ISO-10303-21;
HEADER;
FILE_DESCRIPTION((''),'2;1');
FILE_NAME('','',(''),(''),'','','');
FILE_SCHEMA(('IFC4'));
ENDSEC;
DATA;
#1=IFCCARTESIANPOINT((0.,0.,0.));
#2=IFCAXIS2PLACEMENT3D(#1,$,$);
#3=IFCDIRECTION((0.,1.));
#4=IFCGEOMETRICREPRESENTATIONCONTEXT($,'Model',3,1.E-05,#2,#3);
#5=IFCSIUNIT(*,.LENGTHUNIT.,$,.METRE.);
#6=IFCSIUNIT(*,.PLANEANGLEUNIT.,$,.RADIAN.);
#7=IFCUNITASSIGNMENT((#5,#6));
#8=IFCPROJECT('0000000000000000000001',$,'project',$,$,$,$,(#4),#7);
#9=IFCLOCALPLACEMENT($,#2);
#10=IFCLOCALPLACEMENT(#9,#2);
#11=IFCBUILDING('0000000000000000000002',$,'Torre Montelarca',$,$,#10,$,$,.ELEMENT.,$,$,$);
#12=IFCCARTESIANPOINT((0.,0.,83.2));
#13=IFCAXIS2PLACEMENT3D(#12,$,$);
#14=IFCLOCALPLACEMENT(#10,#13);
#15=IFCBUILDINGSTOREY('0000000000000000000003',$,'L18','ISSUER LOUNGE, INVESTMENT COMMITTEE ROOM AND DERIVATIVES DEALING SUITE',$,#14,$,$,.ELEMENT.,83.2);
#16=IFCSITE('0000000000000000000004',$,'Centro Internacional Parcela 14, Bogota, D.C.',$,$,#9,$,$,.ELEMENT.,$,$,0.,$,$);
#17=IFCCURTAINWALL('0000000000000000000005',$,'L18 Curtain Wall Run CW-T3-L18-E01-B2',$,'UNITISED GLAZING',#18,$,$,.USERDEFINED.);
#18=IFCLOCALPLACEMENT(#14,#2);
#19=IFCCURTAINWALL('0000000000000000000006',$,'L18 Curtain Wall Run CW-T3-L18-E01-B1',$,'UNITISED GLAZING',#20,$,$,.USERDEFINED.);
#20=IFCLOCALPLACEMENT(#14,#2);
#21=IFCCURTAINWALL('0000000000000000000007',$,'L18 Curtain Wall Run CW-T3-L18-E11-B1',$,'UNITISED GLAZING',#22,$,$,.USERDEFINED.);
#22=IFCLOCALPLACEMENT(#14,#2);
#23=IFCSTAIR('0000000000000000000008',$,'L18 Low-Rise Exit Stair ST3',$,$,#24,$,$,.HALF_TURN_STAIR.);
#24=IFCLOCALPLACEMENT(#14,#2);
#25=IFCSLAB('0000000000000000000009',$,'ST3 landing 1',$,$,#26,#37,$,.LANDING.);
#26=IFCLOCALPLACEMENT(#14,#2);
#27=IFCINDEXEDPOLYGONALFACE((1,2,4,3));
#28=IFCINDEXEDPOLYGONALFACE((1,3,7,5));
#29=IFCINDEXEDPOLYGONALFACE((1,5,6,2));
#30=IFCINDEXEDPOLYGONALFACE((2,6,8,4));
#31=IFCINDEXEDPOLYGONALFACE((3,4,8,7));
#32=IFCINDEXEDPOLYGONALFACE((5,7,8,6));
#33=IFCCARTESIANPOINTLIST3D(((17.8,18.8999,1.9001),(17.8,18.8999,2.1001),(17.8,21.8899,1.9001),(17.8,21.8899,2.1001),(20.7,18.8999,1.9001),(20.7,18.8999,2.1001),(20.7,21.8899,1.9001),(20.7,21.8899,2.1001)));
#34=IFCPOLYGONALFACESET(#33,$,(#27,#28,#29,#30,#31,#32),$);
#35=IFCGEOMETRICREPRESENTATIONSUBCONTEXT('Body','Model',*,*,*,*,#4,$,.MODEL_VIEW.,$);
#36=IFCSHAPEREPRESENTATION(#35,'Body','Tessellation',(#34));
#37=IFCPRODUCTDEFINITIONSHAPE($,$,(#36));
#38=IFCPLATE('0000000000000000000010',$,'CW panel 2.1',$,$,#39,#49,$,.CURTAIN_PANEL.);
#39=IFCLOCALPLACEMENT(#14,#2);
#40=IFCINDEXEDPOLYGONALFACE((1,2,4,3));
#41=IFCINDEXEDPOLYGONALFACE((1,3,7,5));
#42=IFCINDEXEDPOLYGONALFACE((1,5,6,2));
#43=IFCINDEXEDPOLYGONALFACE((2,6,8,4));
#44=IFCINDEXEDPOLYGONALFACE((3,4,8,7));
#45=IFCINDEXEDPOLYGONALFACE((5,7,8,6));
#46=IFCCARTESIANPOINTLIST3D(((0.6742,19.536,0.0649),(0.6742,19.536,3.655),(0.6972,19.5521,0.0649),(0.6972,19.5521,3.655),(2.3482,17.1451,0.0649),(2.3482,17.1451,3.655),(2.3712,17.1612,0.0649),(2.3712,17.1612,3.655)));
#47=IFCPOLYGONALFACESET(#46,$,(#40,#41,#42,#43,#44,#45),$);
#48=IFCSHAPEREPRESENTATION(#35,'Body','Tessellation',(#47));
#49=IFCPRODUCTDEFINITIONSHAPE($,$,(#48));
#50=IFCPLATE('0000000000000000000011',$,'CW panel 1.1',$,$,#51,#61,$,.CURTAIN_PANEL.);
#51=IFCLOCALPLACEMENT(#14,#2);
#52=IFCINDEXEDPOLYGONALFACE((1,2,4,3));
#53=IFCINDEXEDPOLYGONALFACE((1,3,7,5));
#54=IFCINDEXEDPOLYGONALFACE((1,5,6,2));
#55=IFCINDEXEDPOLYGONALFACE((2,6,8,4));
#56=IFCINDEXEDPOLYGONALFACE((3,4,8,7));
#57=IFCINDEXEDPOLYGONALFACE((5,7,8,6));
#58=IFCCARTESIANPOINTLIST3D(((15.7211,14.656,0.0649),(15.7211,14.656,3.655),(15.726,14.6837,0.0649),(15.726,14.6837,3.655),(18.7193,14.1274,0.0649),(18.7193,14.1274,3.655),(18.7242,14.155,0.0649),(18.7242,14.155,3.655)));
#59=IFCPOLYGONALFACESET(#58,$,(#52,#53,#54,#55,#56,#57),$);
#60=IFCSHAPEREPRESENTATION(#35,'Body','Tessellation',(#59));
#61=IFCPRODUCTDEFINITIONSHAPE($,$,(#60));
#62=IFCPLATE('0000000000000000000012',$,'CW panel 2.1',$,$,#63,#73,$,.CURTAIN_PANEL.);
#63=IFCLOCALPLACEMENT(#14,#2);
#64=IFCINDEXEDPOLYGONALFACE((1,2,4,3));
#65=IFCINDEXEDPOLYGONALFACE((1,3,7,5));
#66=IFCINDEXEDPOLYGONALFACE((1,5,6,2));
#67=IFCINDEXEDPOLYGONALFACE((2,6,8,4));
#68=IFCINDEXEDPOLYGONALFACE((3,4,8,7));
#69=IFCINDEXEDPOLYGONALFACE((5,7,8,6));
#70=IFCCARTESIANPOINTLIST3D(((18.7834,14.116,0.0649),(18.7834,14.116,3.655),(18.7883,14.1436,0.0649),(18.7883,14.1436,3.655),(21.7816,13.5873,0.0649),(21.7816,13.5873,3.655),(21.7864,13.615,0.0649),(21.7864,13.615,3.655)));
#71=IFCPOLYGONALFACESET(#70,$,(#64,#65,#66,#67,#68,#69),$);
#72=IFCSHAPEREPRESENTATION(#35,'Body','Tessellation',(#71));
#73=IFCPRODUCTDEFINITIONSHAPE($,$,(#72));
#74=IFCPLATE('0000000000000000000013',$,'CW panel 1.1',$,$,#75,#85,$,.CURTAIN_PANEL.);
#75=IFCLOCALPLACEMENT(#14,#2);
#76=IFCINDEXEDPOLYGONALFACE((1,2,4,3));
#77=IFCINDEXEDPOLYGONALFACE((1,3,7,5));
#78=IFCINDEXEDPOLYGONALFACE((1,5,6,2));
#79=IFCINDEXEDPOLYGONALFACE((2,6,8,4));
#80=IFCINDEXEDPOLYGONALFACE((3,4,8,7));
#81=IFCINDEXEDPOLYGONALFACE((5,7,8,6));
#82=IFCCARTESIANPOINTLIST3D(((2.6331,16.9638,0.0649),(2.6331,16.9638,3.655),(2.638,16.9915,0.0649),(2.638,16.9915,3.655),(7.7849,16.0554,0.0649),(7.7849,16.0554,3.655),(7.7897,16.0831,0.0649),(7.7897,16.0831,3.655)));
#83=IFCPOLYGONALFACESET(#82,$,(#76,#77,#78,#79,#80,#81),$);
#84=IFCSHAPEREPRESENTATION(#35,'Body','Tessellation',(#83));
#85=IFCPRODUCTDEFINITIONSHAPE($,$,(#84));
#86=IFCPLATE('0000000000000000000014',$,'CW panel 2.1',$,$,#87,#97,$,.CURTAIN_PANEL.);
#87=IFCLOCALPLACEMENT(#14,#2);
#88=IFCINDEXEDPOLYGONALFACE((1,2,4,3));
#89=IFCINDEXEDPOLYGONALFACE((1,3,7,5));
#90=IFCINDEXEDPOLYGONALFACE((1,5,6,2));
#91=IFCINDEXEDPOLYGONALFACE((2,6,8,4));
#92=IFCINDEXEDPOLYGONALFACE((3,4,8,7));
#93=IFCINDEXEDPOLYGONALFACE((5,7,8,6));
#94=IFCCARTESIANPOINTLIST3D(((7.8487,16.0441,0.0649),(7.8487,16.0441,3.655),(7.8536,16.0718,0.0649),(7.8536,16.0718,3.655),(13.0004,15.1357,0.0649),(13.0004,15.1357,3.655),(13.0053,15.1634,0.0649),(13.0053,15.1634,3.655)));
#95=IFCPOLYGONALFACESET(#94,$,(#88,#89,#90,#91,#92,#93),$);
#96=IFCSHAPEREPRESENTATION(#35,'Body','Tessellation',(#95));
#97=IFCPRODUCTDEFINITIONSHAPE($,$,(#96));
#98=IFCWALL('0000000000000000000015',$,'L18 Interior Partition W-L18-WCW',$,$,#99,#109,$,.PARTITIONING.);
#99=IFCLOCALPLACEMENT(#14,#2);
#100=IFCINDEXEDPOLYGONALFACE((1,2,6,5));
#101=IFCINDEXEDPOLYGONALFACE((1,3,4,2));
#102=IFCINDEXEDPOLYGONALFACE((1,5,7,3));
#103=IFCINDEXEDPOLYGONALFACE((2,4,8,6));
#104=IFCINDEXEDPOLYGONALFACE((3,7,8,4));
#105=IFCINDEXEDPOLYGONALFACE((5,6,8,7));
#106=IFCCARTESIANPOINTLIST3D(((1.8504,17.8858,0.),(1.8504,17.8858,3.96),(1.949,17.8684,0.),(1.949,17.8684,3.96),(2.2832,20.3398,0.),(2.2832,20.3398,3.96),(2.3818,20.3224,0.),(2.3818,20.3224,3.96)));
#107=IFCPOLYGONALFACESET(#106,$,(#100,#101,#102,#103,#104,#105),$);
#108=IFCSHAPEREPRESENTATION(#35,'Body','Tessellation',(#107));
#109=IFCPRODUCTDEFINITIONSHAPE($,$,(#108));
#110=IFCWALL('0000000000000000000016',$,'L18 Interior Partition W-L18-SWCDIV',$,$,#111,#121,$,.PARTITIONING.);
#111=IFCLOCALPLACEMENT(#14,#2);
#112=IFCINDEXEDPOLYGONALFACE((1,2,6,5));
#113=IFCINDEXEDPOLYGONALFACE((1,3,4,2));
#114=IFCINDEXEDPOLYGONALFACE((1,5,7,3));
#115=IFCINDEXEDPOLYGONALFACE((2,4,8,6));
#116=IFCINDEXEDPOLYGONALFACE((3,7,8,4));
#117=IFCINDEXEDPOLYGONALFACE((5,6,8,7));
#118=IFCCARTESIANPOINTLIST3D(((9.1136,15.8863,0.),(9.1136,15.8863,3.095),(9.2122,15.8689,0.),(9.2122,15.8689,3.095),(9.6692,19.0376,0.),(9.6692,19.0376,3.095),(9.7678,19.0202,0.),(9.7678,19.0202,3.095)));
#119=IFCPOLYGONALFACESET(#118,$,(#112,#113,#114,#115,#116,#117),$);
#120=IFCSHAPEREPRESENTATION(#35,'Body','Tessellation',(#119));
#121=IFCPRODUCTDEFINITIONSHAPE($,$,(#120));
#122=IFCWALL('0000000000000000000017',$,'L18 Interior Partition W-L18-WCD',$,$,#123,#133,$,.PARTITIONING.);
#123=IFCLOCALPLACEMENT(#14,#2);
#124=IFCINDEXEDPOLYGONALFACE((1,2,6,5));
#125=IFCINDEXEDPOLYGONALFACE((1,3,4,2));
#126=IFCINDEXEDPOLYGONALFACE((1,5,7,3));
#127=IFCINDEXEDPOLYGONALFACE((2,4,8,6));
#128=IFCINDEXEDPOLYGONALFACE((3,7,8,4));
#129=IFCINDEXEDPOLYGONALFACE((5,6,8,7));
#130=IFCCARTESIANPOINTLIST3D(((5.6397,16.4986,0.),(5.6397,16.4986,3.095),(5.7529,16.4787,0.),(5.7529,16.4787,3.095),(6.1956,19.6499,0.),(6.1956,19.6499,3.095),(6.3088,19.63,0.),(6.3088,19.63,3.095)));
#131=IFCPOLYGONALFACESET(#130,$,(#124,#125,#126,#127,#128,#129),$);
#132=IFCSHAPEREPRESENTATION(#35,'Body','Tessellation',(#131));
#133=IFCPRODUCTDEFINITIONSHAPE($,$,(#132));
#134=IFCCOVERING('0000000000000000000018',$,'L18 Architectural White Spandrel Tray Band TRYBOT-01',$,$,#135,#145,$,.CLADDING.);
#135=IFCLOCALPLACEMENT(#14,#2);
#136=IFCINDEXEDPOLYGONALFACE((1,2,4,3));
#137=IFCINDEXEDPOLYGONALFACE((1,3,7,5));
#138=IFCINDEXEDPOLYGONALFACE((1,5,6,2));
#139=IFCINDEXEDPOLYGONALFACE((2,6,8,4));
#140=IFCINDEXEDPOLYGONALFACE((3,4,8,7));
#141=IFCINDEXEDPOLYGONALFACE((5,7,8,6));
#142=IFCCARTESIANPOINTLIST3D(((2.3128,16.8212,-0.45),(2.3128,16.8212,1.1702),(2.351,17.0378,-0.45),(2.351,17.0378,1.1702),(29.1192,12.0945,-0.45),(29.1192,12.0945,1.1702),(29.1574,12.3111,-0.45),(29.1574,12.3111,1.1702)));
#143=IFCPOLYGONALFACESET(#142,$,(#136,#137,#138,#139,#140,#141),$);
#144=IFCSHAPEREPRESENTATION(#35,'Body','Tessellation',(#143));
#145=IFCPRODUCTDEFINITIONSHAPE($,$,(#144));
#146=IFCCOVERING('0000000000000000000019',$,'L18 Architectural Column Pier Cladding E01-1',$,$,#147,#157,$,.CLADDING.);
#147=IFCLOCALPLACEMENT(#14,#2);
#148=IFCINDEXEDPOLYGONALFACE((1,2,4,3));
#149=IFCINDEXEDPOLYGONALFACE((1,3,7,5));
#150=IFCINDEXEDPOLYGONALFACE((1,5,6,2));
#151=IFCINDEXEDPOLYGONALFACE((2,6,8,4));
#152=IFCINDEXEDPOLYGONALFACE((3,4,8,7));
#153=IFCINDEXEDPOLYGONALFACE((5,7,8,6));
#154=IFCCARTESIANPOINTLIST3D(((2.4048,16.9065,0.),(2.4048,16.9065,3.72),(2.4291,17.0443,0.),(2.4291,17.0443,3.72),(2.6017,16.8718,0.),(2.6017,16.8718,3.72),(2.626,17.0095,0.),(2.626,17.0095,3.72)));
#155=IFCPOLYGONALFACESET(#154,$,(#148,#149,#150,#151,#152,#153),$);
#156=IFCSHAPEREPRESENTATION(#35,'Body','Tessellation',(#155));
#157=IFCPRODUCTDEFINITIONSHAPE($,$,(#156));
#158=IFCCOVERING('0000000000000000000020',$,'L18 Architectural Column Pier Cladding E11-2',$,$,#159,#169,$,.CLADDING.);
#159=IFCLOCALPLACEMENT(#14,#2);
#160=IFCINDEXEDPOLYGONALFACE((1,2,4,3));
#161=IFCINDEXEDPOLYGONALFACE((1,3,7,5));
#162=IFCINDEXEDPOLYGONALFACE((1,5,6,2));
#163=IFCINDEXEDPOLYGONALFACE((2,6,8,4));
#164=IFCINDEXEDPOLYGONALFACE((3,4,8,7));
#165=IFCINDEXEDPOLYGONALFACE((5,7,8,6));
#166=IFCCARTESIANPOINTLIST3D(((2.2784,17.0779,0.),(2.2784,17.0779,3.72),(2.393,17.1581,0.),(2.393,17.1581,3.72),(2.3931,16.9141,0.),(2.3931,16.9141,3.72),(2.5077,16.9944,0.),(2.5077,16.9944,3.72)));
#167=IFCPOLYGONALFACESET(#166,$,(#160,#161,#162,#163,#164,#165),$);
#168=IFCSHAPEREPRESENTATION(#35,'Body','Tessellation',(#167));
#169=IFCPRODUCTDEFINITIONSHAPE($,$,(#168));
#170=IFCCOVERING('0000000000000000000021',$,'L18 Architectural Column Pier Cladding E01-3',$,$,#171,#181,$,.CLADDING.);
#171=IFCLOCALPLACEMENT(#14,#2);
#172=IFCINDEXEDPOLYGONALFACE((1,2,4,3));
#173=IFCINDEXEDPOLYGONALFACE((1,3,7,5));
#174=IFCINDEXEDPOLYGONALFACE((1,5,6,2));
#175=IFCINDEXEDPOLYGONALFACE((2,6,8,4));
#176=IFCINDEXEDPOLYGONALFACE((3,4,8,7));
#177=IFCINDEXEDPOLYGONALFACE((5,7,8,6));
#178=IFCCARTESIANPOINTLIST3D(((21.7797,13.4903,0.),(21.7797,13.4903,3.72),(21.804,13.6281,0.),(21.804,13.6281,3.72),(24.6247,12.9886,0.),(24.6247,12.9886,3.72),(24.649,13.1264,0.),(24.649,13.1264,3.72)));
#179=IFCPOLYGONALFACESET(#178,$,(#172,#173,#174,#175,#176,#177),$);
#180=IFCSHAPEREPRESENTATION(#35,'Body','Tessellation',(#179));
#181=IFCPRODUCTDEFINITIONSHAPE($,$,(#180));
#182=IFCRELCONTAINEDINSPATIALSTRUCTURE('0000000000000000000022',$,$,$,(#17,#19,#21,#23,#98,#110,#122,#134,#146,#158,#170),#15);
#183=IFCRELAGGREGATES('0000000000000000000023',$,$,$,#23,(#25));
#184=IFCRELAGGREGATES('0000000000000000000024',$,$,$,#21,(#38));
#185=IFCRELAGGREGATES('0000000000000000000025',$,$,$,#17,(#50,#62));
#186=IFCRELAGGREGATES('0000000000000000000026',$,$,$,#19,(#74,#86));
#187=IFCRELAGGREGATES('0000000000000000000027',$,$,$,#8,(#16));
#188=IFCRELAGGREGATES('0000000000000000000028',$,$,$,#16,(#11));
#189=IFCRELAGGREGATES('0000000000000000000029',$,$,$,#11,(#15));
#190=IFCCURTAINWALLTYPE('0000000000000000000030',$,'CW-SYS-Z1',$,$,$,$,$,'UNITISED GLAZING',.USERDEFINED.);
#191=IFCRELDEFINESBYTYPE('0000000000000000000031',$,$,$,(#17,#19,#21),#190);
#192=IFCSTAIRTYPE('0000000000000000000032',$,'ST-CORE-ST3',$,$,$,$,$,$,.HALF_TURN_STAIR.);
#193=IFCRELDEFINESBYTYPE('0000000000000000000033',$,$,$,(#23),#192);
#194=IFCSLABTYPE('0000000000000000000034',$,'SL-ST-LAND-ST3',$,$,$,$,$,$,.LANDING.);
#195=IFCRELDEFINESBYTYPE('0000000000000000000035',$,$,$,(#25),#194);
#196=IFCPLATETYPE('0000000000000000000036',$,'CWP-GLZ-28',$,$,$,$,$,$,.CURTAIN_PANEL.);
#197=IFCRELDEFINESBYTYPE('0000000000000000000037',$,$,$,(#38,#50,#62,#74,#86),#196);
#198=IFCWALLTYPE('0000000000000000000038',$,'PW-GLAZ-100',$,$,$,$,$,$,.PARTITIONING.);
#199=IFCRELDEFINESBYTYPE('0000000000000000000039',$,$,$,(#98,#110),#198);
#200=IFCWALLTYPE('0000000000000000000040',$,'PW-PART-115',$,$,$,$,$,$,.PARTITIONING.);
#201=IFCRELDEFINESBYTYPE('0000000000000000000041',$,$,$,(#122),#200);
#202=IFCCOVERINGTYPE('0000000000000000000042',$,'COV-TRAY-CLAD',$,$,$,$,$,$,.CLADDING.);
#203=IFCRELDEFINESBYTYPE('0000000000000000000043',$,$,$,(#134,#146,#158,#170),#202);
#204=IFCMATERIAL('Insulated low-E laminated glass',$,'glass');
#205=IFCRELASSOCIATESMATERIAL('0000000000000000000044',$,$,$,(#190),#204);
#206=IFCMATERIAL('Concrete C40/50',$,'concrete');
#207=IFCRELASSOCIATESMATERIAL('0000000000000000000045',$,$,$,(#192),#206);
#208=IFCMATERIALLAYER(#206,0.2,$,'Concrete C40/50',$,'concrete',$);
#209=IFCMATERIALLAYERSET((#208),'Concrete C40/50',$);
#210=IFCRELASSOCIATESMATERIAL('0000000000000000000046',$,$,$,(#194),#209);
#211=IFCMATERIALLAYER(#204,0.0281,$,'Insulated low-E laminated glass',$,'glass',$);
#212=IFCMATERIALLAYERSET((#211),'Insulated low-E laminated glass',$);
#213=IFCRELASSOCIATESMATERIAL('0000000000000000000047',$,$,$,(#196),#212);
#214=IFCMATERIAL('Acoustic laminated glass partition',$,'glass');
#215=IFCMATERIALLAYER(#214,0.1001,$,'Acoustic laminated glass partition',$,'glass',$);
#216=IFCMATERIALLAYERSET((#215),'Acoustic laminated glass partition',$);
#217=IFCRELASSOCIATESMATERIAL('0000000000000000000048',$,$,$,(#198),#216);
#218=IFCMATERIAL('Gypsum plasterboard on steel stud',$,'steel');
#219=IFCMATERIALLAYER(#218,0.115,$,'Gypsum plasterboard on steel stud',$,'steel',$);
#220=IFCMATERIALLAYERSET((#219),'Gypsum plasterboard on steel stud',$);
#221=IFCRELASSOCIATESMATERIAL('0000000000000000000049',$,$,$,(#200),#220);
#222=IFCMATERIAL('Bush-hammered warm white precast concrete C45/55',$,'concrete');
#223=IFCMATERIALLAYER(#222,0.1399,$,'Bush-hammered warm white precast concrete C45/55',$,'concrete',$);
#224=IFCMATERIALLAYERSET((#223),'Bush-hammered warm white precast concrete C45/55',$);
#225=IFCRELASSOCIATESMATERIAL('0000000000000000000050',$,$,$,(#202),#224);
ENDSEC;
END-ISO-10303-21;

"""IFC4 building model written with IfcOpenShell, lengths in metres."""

from ifc_helpers import new_model, si_unit, direction, frame, frame_2d, origin, origin_2d, place, context, subcontext, project, spatial, polyline, rectangle, outline, extrude, source, transform, mapped, material, layer, layer_set, type_object, element, aggregate, save


model = new_model("IFC4")

# Units and contexts
model_context = context("Model", 3, precision=1e-05, world=origin(), true_north=direction((0.0, 1.0)))
body_context = subcontext(model_context, "Body", "Model", "MODEL_VIEW")
ifc_project = project(units=[si_unit("LENGTHUNIT", "METRE"), si_unit("PLANEANGLEUNIT", "RADIAN")], contexts=[model_context])

# Site, building, storey
site_placement = place(None, origin())
site = spatial("IfcSite", under=ifc_project, at=site_placement, Name="Centro Internacional Parcela 14, Bogota, D.C.", CompositionType="ELEMENT", RefElevation=0.0)
building_placement = place(site_placement, origin())
building = spatial("IfcBuilding", under=site, at=building_placement, Name="Torre Montelarca", CompositionType="ELEMENT")
storey_placement = place(building_placement, frame((0.0, 0.0, 83.2)))
storey = spatial("IfcBuildingStorey", under=building, at=storey_placement, Name="L18", Description="ISSUER LOUNGE, INVESTMENT COMMITTEE ROOM AND DERIVATIVES DEALING SUITE", CompositionType="ELEMENT", Elevation=83.2)

# Curtain walls
ifc_material_1 = material(Name="Insulated low-E laminated glass", Category="glass")
curtain_wall_type = type_object("IfcCurtainWallType", Name="CW-SYS-Z1", ElementType="UNITISED GLAZING", PredefinedType="USERDEFINED", material=ifc_material_1)
curtain_wall_1_placement = place(storey_placement, origin())
curtain_wall_1 = element("IfcCurtainWall", 1, at=curtain_wall_1_placement, inside=storey, type_object=curtain_wall_type, Name="L18 Curtain Wall Run CW-T3-L18-E01-B2", ObjectType="UNITISED GLAZING", PredefinedType="USERDEFINED")
curtain_wall_2_placement = place(storey_placement, origin())
curtain_wall_2 = element("IfcCurtainWall", 2, at=curtain_wall_2_placement, inside=storey, type_object=curtain_wall_type, Name="L18 Curtain Wall Run CW-T3-L18-E01-B1", ObjectType="UNITISED GLAZING", PredefinedType="USERDEFINED")

# Curtain wall
curtain_wall_3_placement = place(storey_placement, origin())
curtain_wall_3 = element("IfcCurtainWall", 3, at=curtain_wall_3_placement, inside=storey, type_object=curtain_wall_type, Name="L18 Curtain Wall Run CW-T3-L18-E11-B1", ObjectType="UNITISED GLAZING", PredefinedType="USERDEFINED")

# Shared definitions
ifc_material_2 = material(Name="Concrete C40/50", Category="concrete")

# Stair, slab
stair_type_1 = type_object("IfcStairType", Name="ST-CORE-ST3", PredefinedType="HALF_TURN_STAIR", material=ifc_material_2)
stair_1_placement = place(storey_placement, origin())
stair_1 = element("IfcStair", 4, at=stair_1_placement, inside=storey, type_object=stair_type_1, Name="L18 Low-Rise Exit Stair ST3", PredefinedType="HALF_TURN_STAIR")
ifc_layer_1 = layer(ifc_material_2, 0.2, Name="Concrete C40/50", Category="concrete")
ifc_layer_set_1 = layer_set([ifc_layer_1], Name="Concrete C40/50")
slab_type_1 = type_object("IfcSlabType", Name="SL-ST-LAND-ST3", PredefinedType="LANDING", material=ifc_layer_set_1)
slab_1_placement = place(storey_placement, frame((0.0, 0.0, 1.9001)))
slab_1 = element("IfcSlab", 5, at=slab_1_placement, type_object=slab_type_1, Name="ST3 landing 1", PredefinedType="LANDING", context=body_context, shape_type="SweptSolid", body=[
    extrude(outline(polyline([(17.8, 18.8999), (20.7, 18.8999), (20.7, 21.8899), (17.8, 21.8899), (17.8, 18.8999)])), origin(), (0.0, 0.0, 1.0), 0.2),
])
aggregate(stair_1, [slab_1])

# Plates
ifc_layer_2 = layer(ifc_material_1, 0.0281, Name="Insulated low-E laminated glass", Category="glass")
ifc_layer_set_2 = layer_set([ifc_layer_2], Name="Insulated low-E laminated glass")
plate_type = type_object("IfcPlateType", Name="CWP-GLZ-28", PredefinedType="CURTAIN_PANEL", material=ifc_layer_set_2)
shared_shape_1 = source(origin(), body_context, "Body", "SweptSolid", [
    extrude(rectangle(XDim=2.9187, YDim=0.0281, at=origin_2d()), origin(), (0.0, 0.0, 1.0), 3.5901),
])
plate_1_placement = place(storey_placement, frame((1.5227, 18.3486, 0.0649), z_axis=(0.0, 0.0, 1.0), x_axis=(0.573546, -0.819174, 0.0)))
plate_1 = element("IfcPlate", 6, at=plate_1_placement, type_object=plate_type, Name="CW panel 2.1", PredefinedType="CURTAIN_PANEL", context=body_context, shape_type="MappedRepresentation", body=[
    mapped(shared_shape_1, transform((0.0, 0.0, 0.0), scale=1.0)),
])
aggregate(curtain_wall_3, [plate_1])
shared_shape_2 = source(origin(), body_context, "Body", "SweptSolid", [
    extrude(rectangle(XDim=3.0444, YDim=0.0281, at=origin_2d()), origin(), (0.0, 0.0, 1.0), 3.5901),
])
plate_2_placement = place(storey_placement, frame((17.2227, 14.4055, 0.0649), z_axis=(0.0, 0.0, 1.0), x_axis=(0.984807, -0.173651, 0.0)))
plate_2 = element("IfcPlate", 7, at=plate_2_placement, type_object=plate_type, Name="CW panel 1.1", PredefinedType="CURTAIN_PANEL", context=body_context, shape_type="MappedRepresentation", body=[
    mapped(shared_shape_2, transform((0.0, 0.0, 0.0), scale=1.0)),
])
plate_3_placement = place(storey_placement, frame((20.2849, 13.8655, 0.0649), z_axis=(0.0, 0.0, 1.0), x_axis=(0.984807, -0.173651, 0.0)))
plate_3 = element("IfcPlate", 8, at=plate_3_placement, type_object=plate_type, Name="CW panel 2.1", PredefinedType="CURTAIN_PANEL", context=body_context, shape_type="MappedRepresentation", body=[
    mapped(shared_shape_2, transform((0.0, 0.0, 0.0), scale=1.0)),
])
aggregate(curtain_wall_1, [plate_2, plate_3])
shared_shape_3 = source(origin(), body_context, "Body", "SweptSolid", [
    extrude(rectangle(XDim=5.2312, YDim=0.0281, at=origin_2d()), origin(), (0.0, 0.0, 1.0), 3.5901),
])
plate_4_placement = place(storey_placement, frame((5.2114, 16.5234, 0.0649), z_axis=(0.0, 0.0, 1.0), x_axis=(0.984808, -0.173648, 0.0)))
plate_4 = element("IfcPlate", 9, at=plate_4_placement, type_object=plate_type, Name="CW panel 1.1", PredefinedType="CURTAIN_PANEL", context=body_context, shape_type="MappedRepresentation", body=[
    mapped(shared_shape_3, transform((0.0, 0.0, 0.0), scale=1.0)),
])
plate_5_placement = place(storey_placement, frame((10.427, 15.6038, 0.0649), z_axis=(0.0, 0.0, 1.0), x_axis=(0.984808, -0.173648, 0.0)))
plate_5 = element("IfcPlate", 10, at=plate_5_placement, type_object=plate_type, Name="CW panel 2.1", PredefinedType="CURTAIN_PANEL", context=body_context, shape_type="MappedRepresentation", body=[
    mapped(shared_shape_3, transform((0.0, 0.0, 0.0), scale=1.0)),
])
aggregate(curtain_wall_2, [plate_4, plate_5])

# Walls
ifc_material_3 = material(Name="Acoustic laminated glass partition", Category="glass")
ifc_layer_3 = layer(ifc_material_3, 0.1001, Name="Acoustic laminated glass partition", Category="glass")
ifc_layer_set_3 = layer_set([ifc_layer_3], Name="Acoustic laminated glass partition")
wall_type_1 = type_object("IfcWallType", Name="PW-GLAZ-100", PredefinedType="PARTITIONING", material=ifc_layer_set_3)
wall_1_placement = place(storey_placement, frame((1.8997, 17.877, 0.0), z_axis=(0.0, 0.0, 1.0), x_axis=(0.173701, 0.984798, 0.0)))
element("IfcWall", 11, at=wall_1_placement, inside=storey, type_object=wall_type_1, Name="L18 Interior Partition W-L18-WCW", PredefinedType="PARTITIONING", context=body_context, shape_type="SweptSolid", body=[
    extrude(rectangle(XDim=2.4919, YDim=0.1001, at=frame_2d((1.2461, 0.0))), origin(), (0.0, 0.0, 1.0), 3.96),
])
wall_2_placement = place(storey_placement, frame((9.1628, 15.8774, 0.0), z_axis=(0.0, 0.0, 1.0), x_axis=(0.173646, 0.984808, 0.0)))
element("IfcWall", 12, at=wall_2_placement, inside=storey, type_object=wall_type_1, Name="L18 Interior Partition W-L18-SWCDIV", PredefinedType="PARTITIONING", context=body_context, shape_type="SweptSolid", body=[
    extrude(rectangle(XDim=3.2, YDim=0.1001, at=frame_2d((1.6001, 0.0))), origin(), (0.0, 0.0, 1.0), 3.095),
])
ifc_material_4 = material(Name="Gypsum plasterboard on steel stud", Category="steel")
ifc_layer_4 = layer(ifc_material_4, 0.115, Name="Gypsum plasterboard on steel stud", Category="steel")
ifc_layer_set_4 = layer_set([ifc_layer_4], Name="Gypsum plasterboard on steel stud")
wall_type_2 = type_object("IfcWallType", Name="PW-PART-115", PredefinedType="PARTITIONING", material=ifc_layer_set_4)
wall_3_placement = place(storey_placement, frame((5.6963, 16.4885, 0.0), z_axis=(0.0, 0.0, 1.0), x_axis=(0.17372, 0.984795, 0.0)))
element("IfcWall", 13, at=wall_3_placement, inside=storey, type_object=wall_type_2, Name="L18 Interior Partition W-L18-WCD", PredefinedType="PARTITIONING", context=body_context, shape_type="SweptSolid", body=[
    extrude(rectangle(XDim=3.2, YDim=0.115, at=frame_2d((1.6001, 0.0))), origin(), (0.0, 0.0, 1.0), 3.095),
])

# Coverings
ifc_material_5 = material(Name="Bush-hammered warm white precast concrete C45/55", Category="concrete")
ifc_layer_5 = layer(ifc_material_5, 0.1399, Name="Bush-hammered warm white precast concrete C45/55", Category="concrete")
ifc_layer_set_5 = layer_set([ifc_layer_5], Name="Bush-hammered warm white precast concrete C45/55")
covering_type = type_object("IfcCoveringType", Name="COV-TRAY-CLAD", PredefinedType="CLADDING", material=ifc_layer_set_5)
shared_shape_4 = source(origin(), body_context, "Body", "SweptSolid", [
    extrude(rectangle(XDim=27.22, YDim=0.22, at=origin_2d()), origin(), (0.0, 0.0, 1.0), 1.6201),
])
covering_1_placement = place(storey_placement, frame((15.7351, 14.5662, -0.45), z_axis=(0.0, 0.0, 1.0), x_axis=(0.984807, -0.17365, 0.0)))
element("IfcCovering", 14, at=covering_1_placement, inside=storey, type_object=covering_type, Name="L18 Architectural White Spandrel Tray Band TRYBOT-01", PredefinedType="CLADDING", context=body_context, shape_type="MappedRepresentation", body=[
    mapped(shared_shape_4, transform((0.0, 0.0, 0.0), scale=1.0)),
])
shared_shape_5 = source(origin(), body_context, "Body", "SweptSolid", [
    extrude(rectangle(XDim=0.2, YDim=0.1399, at=origin_2d()), origin(), (0.0, 0.0, 1.0), 3.72),
])
for number, where, z_axis, x_axis, name in (
    (15, (2.5154, 16.958, 0.0), (0.0, 0.0, 1.0), (0.984808, -0.173648, 0.0), "L18 Architectural Column Pier Cladding E01-1"),
    (16, (2.3931, 17.0361, 0.0), (0.0, 0.0, 1.0), (0.573558, -0.819165, 0.0), "L18 Architectural Column Pier Cladding E11-2"),
):
    element("IfcCovering", number, at=place(storey_placement, frame(where, z_axis=z_axis, x_axis=x_axis)), inside=storey, type_object=covering_type, Name=name, PredefinedType="CLADDING", context=body_context, shape_type="MappedRepresentation", body=[
        mapped(shared_shape_5, transform((0.0, 0.0, 0.0), scale=1.0)),
    ])
shared_shape_6 = source(origin(), body_context, "Body", "SweptSolid", [
    extrude(rectangle(XDim=2.8889, YDim=0.1399, at=origin_2d()), origin(), (0.0, 0.0, 1.0), 3.72),
])
covering_2_placement = place(storey_placement, frame((23.2144, 13.3083, 0.0), z_axis=(0.0, 0.0, 1.0), x_axis=(0.984808, -0.173648, 0.0)))
element("IfcCovering", 17, at=covering_2_placement, inside=storey, type_object=covering_type, Name="L18 Architectural Column Pier Cladding E01-3", PredefinedType="CLADDING", context=body_context, shape_type="MappedRepresentation", body=[
    mapped(shared_shape_6, transform((0.0, 0.0, 0.0), scale=1.0)),
])

save(model, "model.ifc")
